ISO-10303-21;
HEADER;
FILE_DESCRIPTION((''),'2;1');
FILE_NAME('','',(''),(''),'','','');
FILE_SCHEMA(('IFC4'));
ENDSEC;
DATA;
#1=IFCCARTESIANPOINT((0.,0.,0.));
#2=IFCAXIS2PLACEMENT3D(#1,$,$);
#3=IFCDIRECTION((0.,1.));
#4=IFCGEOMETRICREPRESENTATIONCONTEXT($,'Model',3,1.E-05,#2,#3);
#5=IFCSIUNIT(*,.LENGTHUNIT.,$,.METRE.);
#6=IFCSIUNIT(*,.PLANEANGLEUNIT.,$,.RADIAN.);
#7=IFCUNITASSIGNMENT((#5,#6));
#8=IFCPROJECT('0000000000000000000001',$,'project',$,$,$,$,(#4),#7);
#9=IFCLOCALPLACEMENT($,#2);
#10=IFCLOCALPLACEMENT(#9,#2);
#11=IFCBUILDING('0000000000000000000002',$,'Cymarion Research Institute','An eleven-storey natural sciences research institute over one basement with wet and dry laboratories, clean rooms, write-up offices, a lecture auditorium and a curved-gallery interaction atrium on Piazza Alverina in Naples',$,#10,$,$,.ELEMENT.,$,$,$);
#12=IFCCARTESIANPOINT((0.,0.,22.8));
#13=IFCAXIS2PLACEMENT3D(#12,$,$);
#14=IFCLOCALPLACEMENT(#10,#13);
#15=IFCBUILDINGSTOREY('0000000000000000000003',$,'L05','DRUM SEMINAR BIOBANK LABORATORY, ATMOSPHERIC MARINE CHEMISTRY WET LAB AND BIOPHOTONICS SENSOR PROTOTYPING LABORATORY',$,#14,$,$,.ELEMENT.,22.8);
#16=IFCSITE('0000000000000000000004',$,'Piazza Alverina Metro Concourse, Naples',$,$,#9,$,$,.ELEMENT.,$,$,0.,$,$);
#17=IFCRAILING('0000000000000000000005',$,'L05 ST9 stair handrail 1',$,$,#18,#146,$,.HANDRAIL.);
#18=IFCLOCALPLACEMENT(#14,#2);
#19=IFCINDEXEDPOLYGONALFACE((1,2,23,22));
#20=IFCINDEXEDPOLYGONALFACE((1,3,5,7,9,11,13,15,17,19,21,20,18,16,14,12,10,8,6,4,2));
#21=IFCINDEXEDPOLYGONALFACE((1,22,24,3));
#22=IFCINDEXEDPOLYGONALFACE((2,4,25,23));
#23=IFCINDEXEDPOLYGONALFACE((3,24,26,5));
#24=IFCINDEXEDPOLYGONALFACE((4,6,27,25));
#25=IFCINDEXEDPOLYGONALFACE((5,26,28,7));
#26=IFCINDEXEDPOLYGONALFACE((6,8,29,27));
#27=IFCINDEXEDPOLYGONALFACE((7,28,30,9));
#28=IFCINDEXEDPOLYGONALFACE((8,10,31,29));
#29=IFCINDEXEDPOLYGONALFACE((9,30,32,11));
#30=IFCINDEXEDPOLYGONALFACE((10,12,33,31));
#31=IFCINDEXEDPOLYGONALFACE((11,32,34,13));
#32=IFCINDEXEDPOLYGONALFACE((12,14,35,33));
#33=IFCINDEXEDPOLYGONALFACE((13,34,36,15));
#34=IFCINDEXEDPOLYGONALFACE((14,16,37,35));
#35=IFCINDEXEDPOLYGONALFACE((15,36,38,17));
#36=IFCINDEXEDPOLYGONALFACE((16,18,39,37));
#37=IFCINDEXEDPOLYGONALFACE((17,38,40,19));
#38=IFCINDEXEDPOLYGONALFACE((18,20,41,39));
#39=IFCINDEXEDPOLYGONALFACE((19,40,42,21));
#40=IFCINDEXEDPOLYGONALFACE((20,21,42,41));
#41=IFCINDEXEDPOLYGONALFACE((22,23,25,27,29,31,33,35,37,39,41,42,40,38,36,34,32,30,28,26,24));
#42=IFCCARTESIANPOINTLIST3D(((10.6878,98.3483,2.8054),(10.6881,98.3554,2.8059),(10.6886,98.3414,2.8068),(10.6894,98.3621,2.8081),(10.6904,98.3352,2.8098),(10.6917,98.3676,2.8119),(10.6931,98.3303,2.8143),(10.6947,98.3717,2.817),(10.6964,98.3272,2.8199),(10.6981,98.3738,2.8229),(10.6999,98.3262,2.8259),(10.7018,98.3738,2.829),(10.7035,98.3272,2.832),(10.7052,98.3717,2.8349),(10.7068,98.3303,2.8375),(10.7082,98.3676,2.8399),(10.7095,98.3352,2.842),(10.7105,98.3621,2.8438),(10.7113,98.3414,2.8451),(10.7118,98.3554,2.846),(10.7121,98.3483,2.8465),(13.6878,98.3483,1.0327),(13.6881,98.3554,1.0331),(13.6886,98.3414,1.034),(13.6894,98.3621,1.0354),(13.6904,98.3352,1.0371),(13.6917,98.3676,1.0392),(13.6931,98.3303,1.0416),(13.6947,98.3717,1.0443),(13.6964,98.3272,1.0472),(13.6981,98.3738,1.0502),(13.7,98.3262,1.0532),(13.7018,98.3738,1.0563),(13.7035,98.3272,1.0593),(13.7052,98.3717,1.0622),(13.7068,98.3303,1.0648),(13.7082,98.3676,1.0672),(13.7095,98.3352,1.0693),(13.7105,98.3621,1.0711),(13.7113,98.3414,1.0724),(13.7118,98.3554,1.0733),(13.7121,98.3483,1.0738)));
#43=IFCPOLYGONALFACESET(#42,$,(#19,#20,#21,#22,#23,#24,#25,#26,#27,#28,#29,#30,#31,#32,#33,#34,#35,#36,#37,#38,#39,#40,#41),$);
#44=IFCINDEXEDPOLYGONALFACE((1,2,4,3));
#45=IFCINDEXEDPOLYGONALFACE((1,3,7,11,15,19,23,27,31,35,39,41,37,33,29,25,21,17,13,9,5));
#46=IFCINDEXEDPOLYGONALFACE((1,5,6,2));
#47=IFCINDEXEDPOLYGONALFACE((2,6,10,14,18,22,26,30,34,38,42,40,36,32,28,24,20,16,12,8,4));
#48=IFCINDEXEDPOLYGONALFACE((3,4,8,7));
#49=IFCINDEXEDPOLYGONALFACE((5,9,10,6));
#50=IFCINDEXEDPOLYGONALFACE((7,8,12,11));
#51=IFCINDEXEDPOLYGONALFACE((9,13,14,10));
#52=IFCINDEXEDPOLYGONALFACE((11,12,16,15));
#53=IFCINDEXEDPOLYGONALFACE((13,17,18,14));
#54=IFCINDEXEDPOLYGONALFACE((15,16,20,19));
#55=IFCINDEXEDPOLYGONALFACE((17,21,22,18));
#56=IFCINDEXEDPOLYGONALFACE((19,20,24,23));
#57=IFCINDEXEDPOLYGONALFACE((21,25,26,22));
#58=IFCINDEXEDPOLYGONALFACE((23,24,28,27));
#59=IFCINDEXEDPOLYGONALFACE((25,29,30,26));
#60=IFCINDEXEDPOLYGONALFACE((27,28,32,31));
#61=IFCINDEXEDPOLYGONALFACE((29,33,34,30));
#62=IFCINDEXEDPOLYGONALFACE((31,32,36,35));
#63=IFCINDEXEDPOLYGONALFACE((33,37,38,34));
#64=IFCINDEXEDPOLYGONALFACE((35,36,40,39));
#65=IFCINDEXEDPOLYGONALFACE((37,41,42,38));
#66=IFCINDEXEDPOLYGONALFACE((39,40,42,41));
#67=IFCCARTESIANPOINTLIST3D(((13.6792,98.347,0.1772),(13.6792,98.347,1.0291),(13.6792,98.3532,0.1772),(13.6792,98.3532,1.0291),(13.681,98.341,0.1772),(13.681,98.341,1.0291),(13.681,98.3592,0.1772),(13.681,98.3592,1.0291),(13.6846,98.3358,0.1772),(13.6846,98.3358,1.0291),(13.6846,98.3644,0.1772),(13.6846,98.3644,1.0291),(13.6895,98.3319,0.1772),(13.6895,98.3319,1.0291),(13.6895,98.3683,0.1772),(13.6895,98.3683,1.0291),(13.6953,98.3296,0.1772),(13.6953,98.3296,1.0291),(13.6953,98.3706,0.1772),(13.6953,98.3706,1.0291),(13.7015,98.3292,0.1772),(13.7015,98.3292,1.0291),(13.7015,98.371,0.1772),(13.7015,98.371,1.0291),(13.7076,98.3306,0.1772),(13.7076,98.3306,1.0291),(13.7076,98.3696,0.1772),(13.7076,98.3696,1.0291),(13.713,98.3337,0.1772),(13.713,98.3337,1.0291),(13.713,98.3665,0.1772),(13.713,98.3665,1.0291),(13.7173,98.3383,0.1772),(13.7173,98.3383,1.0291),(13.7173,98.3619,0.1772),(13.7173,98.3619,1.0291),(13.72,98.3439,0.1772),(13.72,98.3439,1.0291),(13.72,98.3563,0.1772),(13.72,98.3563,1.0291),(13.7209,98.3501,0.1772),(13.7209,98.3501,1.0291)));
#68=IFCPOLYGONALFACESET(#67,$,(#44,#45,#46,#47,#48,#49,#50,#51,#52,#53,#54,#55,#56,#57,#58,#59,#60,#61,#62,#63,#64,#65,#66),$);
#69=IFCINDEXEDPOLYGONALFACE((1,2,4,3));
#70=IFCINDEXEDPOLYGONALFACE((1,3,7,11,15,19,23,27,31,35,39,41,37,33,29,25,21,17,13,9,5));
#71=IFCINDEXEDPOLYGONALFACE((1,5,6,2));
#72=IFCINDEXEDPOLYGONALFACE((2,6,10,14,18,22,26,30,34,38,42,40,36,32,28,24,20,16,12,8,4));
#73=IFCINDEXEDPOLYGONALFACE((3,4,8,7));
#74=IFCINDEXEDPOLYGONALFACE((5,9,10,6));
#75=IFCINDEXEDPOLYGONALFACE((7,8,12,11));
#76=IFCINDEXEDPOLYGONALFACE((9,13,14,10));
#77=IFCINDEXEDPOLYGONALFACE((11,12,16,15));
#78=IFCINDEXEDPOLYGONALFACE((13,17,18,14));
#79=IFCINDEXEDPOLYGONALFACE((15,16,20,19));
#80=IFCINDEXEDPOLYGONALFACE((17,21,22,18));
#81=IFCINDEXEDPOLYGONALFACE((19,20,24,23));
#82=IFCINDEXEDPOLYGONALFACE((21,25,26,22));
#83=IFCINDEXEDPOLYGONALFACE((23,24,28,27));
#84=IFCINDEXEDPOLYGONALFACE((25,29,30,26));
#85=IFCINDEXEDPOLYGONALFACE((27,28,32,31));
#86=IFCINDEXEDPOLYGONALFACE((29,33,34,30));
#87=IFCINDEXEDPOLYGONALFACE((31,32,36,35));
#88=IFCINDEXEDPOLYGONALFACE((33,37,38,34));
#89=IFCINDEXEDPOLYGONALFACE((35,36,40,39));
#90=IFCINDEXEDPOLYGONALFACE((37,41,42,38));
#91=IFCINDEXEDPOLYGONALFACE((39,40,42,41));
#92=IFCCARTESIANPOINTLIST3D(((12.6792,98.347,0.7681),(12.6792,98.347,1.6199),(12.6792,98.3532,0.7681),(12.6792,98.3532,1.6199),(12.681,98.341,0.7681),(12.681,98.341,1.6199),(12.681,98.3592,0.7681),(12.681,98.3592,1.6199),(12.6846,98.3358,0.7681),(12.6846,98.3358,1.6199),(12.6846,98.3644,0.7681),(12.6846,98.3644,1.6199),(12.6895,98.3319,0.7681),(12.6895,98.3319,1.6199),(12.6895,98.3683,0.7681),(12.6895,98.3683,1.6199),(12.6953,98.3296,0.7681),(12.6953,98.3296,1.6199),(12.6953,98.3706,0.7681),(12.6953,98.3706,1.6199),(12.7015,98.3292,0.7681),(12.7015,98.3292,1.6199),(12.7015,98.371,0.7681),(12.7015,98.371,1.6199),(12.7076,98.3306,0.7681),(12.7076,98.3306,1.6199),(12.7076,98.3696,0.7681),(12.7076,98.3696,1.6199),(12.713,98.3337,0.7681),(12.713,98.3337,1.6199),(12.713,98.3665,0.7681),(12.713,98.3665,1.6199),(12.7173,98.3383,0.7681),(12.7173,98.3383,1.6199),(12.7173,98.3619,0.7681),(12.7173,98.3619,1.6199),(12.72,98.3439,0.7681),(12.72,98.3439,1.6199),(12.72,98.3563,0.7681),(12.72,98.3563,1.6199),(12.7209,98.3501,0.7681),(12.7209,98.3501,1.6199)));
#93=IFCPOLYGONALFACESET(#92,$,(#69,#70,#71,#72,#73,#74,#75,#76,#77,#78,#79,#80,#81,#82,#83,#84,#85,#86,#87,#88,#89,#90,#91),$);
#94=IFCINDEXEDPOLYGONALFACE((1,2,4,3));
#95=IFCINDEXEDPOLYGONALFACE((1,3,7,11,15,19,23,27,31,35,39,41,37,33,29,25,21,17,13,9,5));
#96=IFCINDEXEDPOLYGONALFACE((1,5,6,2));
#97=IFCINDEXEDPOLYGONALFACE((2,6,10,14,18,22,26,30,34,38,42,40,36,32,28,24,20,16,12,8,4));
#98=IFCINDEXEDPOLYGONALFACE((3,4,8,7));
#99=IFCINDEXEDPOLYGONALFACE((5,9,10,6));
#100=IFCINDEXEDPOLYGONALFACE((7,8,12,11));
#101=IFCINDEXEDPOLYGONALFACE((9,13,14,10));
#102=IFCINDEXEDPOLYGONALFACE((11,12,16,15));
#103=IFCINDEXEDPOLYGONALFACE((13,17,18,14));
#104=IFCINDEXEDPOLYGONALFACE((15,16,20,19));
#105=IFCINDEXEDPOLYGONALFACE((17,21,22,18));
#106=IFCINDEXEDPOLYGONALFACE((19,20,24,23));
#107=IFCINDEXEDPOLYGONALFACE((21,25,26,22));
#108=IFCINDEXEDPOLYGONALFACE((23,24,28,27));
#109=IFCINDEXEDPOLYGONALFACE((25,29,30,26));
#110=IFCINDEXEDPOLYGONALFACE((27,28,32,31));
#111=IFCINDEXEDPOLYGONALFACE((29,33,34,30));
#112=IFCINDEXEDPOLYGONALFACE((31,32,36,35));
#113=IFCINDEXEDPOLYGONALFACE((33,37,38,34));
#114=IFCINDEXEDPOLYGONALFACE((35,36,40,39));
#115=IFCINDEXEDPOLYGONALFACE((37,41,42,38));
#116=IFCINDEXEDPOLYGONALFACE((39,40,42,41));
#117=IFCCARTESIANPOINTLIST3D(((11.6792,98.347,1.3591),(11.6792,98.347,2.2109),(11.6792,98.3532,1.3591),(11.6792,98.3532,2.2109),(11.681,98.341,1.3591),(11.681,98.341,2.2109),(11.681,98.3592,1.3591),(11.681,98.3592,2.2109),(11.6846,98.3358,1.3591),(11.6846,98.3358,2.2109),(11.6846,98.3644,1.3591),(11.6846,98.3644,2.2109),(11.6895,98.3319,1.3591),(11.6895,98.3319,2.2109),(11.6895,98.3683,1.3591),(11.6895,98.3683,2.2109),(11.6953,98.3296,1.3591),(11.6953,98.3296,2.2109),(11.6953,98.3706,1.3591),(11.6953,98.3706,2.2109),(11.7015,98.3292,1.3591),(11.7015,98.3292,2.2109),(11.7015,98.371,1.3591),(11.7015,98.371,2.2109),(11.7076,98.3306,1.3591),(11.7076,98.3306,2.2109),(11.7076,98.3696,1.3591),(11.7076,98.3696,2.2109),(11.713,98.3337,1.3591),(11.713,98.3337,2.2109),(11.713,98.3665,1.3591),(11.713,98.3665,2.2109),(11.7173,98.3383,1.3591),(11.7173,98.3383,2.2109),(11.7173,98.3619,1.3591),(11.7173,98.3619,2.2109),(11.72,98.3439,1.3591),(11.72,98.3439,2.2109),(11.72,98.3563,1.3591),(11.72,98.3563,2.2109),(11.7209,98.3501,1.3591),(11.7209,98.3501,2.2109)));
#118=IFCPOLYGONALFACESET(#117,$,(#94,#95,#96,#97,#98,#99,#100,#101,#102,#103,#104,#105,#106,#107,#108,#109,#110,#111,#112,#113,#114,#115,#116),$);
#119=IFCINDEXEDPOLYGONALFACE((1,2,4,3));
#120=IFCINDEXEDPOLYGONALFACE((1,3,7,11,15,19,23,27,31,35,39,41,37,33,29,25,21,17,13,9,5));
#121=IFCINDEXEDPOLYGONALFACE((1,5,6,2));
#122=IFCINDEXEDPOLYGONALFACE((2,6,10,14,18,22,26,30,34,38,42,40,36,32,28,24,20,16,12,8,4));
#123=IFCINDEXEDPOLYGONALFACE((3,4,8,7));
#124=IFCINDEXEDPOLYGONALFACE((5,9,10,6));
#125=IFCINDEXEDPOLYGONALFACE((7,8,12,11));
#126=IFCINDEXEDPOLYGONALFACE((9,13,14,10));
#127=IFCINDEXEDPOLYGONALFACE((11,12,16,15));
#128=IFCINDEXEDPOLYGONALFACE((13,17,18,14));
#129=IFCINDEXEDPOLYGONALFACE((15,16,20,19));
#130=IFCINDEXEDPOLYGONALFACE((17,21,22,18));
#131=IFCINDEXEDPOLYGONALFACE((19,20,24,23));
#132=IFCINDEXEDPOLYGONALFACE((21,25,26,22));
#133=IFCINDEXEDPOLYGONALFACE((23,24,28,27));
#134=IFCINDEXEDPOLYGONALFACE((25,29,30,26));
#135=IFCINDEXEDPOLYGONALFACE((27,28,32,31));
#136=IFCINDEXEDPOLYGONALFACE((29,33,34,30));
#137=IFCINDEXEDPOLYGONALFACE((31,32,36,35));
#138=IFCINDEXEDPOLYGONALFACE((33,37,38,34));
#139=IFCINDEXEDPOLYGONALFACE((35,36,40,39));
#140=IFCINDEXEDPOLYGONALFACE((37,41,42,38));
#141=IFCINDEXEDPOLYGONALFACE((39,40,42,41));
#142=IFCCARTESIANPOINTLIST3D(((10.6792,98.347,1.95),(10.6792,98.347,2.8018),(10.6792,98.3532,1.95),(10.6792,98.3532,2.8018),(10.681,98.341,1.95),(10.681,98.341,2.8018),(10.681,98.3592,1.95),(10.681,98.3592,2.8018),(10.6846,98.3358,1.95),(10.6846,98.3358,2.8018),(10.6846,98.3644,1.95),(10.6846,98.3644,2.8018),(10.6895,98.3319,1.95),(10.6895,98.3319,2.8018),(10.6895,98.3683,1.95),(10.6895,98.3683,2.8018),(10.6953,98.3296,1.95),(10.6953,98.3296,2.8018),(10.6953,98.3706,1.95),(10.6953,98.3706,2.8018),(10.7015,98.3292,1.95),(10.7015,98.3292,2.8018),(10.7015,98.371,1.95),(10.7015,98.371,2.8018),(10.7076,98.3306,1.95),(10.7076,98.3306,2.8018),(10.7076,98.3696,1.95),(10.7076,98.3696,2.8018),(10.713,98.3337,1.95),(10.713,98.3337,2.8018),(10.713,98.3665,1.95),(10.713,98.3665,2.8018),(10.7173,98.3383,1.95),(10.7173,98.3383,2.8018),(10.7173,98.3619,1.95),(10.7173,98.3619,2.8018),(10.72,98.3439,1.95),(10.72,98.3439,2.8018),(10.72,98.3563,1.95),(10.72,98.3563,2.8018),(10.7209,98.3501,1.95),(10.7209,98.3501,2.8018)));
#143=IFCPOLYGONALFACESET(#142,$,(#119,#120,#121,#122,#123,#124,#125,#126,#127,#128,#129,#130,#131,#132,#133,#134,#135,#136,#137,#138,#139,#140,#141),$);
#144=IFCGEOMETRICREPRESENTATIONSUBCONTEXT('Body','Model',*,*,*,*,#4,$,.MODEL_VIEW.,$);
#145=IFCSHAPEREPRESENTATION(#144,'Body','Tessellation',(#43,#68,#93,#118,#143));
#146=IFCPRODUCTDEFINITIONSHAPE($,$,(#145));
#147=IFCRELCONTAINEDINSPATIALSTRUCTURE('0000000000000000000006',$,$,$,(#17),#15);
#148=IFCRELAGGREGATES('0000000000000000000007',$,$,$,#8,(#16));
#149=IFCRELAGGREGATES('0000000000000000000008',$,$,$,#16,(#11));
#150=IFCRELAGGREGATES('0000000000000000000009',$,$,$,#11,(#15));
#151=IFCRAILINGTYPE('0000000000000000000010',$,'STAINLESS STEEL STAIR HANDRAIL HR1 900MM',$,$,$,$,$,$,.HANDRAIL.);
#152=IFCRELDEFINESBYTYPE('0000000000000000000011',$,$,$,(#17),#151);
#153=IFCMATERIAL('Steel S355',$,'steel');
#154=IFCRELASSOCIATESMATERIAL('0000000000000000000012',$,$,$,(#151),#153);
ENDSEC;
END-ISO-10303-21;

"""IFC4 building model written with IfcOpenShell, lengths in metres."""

from ifc_helpers import new_model, si_unit, direction, frame, origin, origin_2d, place, context, subcontext, project, spatial, circle, extrude, material, type_object, element, save


model = new_model("IFC4")

# Units and contexts
model_context = context("Model", 3, precision=1e-05, world=origin(), true_north=direction((0.0, 1.0)))
body_context = subcontext(model_context, "Body", "Model", "MODEL_VIEW")
ifc_project = project(units=[si_unit("LENGTHUNIT", "METRE"), si_unit("PLANEANGLEUNIT", "RADIAN")], contexts=[model_context])

# Site, building, storey
site_placement = place(None, origin())
site = spatial("IfcSite", under=ifc_project, at=site_placement, Name="Piazza Alverina Metro Concourse, Naples", CompositionType="ELEMENT", RefElevation=0.0)
building_placement = place(site_placement, origin())
building = spatial("IfcBuilding", under=site, at=building_placement, Name="Cymarion Research Institute", Description="An eleven-storey natural sciences research institute over one basement with wet and dry laboratories, clean rooms, write-up offices, a lecture auditorium and a curved-gallery interaction atrium on Piazza Alverina in Naples", CompositionType="ELEMENT")
storey_placement = place(building_placement, frame((0.0, 0.0, 22.8)))
storey = spatial("IfcBuildingStorey", under=building, at=storey_placement, Name="L05", Description="DRUM SEMINAR BIOBANK LABORATORY, ATMOSPHERIC MARINE CHEMISTRY WET LAB AND BIOPHOTONICS SENSOR PROTOTYPING LABORATORY", CompositionType="ELEMENT", Elevation=22.8)

# Railing
ifc_material_1 = material(Name="Steel S355", Category="steel")
railing_type_1 = type_object("IfcRailingType", Name="STAINLESS STEEL STAIR HANDRAIL HR1 900MM", PredefinedType="HANDRAIL", material=ifc_material_1)
railing_1_placement = place(storey_placement, frame((13.7, 98.3501, 0.1772)))
element("IfcRailing", 1, at=railing_1_placement, inside=storey, type_object=railing_type_1, Name="L05 ST9 stair handrail 1", PredefinedType="HANDRAIL", context=body_context, shape_type="SweptSolid", body=[
    extrude(circle(Radius=0.0239, at=origin_2d()), frame((0.0, 0.0, 0.876), z_axis=(-0.860929, 0.0, 0.508725), x_axis=(0.0, -1.0, 0.0)), (0.0, 0.0, 1.0), 3.4846),
    extrude(circle(Radius=0.021, at=origin_2d()), origin(), (0.0, 0.0, 1.0), 0.8518),
    extrude(circle(Radius=0.021, at=origin_2d()), frame((-1.0, 0.0, 0.5908)), (0.0, 0.0, 1.0), 0.8518),
    extrude(circle(Radius=0.021, at=origin_2d()), frame((-2.0, 0.0, 1.1819)), (0.0, 0.0, 1.0), 0.8518),
    extrude(circle(Radius=0.021, at=origin_2d()), frame((-3.0, 0.0, 1.7727)), (0.0, 0.0, 1.0), 0.8518),
])

save(model, "model.ifc")
